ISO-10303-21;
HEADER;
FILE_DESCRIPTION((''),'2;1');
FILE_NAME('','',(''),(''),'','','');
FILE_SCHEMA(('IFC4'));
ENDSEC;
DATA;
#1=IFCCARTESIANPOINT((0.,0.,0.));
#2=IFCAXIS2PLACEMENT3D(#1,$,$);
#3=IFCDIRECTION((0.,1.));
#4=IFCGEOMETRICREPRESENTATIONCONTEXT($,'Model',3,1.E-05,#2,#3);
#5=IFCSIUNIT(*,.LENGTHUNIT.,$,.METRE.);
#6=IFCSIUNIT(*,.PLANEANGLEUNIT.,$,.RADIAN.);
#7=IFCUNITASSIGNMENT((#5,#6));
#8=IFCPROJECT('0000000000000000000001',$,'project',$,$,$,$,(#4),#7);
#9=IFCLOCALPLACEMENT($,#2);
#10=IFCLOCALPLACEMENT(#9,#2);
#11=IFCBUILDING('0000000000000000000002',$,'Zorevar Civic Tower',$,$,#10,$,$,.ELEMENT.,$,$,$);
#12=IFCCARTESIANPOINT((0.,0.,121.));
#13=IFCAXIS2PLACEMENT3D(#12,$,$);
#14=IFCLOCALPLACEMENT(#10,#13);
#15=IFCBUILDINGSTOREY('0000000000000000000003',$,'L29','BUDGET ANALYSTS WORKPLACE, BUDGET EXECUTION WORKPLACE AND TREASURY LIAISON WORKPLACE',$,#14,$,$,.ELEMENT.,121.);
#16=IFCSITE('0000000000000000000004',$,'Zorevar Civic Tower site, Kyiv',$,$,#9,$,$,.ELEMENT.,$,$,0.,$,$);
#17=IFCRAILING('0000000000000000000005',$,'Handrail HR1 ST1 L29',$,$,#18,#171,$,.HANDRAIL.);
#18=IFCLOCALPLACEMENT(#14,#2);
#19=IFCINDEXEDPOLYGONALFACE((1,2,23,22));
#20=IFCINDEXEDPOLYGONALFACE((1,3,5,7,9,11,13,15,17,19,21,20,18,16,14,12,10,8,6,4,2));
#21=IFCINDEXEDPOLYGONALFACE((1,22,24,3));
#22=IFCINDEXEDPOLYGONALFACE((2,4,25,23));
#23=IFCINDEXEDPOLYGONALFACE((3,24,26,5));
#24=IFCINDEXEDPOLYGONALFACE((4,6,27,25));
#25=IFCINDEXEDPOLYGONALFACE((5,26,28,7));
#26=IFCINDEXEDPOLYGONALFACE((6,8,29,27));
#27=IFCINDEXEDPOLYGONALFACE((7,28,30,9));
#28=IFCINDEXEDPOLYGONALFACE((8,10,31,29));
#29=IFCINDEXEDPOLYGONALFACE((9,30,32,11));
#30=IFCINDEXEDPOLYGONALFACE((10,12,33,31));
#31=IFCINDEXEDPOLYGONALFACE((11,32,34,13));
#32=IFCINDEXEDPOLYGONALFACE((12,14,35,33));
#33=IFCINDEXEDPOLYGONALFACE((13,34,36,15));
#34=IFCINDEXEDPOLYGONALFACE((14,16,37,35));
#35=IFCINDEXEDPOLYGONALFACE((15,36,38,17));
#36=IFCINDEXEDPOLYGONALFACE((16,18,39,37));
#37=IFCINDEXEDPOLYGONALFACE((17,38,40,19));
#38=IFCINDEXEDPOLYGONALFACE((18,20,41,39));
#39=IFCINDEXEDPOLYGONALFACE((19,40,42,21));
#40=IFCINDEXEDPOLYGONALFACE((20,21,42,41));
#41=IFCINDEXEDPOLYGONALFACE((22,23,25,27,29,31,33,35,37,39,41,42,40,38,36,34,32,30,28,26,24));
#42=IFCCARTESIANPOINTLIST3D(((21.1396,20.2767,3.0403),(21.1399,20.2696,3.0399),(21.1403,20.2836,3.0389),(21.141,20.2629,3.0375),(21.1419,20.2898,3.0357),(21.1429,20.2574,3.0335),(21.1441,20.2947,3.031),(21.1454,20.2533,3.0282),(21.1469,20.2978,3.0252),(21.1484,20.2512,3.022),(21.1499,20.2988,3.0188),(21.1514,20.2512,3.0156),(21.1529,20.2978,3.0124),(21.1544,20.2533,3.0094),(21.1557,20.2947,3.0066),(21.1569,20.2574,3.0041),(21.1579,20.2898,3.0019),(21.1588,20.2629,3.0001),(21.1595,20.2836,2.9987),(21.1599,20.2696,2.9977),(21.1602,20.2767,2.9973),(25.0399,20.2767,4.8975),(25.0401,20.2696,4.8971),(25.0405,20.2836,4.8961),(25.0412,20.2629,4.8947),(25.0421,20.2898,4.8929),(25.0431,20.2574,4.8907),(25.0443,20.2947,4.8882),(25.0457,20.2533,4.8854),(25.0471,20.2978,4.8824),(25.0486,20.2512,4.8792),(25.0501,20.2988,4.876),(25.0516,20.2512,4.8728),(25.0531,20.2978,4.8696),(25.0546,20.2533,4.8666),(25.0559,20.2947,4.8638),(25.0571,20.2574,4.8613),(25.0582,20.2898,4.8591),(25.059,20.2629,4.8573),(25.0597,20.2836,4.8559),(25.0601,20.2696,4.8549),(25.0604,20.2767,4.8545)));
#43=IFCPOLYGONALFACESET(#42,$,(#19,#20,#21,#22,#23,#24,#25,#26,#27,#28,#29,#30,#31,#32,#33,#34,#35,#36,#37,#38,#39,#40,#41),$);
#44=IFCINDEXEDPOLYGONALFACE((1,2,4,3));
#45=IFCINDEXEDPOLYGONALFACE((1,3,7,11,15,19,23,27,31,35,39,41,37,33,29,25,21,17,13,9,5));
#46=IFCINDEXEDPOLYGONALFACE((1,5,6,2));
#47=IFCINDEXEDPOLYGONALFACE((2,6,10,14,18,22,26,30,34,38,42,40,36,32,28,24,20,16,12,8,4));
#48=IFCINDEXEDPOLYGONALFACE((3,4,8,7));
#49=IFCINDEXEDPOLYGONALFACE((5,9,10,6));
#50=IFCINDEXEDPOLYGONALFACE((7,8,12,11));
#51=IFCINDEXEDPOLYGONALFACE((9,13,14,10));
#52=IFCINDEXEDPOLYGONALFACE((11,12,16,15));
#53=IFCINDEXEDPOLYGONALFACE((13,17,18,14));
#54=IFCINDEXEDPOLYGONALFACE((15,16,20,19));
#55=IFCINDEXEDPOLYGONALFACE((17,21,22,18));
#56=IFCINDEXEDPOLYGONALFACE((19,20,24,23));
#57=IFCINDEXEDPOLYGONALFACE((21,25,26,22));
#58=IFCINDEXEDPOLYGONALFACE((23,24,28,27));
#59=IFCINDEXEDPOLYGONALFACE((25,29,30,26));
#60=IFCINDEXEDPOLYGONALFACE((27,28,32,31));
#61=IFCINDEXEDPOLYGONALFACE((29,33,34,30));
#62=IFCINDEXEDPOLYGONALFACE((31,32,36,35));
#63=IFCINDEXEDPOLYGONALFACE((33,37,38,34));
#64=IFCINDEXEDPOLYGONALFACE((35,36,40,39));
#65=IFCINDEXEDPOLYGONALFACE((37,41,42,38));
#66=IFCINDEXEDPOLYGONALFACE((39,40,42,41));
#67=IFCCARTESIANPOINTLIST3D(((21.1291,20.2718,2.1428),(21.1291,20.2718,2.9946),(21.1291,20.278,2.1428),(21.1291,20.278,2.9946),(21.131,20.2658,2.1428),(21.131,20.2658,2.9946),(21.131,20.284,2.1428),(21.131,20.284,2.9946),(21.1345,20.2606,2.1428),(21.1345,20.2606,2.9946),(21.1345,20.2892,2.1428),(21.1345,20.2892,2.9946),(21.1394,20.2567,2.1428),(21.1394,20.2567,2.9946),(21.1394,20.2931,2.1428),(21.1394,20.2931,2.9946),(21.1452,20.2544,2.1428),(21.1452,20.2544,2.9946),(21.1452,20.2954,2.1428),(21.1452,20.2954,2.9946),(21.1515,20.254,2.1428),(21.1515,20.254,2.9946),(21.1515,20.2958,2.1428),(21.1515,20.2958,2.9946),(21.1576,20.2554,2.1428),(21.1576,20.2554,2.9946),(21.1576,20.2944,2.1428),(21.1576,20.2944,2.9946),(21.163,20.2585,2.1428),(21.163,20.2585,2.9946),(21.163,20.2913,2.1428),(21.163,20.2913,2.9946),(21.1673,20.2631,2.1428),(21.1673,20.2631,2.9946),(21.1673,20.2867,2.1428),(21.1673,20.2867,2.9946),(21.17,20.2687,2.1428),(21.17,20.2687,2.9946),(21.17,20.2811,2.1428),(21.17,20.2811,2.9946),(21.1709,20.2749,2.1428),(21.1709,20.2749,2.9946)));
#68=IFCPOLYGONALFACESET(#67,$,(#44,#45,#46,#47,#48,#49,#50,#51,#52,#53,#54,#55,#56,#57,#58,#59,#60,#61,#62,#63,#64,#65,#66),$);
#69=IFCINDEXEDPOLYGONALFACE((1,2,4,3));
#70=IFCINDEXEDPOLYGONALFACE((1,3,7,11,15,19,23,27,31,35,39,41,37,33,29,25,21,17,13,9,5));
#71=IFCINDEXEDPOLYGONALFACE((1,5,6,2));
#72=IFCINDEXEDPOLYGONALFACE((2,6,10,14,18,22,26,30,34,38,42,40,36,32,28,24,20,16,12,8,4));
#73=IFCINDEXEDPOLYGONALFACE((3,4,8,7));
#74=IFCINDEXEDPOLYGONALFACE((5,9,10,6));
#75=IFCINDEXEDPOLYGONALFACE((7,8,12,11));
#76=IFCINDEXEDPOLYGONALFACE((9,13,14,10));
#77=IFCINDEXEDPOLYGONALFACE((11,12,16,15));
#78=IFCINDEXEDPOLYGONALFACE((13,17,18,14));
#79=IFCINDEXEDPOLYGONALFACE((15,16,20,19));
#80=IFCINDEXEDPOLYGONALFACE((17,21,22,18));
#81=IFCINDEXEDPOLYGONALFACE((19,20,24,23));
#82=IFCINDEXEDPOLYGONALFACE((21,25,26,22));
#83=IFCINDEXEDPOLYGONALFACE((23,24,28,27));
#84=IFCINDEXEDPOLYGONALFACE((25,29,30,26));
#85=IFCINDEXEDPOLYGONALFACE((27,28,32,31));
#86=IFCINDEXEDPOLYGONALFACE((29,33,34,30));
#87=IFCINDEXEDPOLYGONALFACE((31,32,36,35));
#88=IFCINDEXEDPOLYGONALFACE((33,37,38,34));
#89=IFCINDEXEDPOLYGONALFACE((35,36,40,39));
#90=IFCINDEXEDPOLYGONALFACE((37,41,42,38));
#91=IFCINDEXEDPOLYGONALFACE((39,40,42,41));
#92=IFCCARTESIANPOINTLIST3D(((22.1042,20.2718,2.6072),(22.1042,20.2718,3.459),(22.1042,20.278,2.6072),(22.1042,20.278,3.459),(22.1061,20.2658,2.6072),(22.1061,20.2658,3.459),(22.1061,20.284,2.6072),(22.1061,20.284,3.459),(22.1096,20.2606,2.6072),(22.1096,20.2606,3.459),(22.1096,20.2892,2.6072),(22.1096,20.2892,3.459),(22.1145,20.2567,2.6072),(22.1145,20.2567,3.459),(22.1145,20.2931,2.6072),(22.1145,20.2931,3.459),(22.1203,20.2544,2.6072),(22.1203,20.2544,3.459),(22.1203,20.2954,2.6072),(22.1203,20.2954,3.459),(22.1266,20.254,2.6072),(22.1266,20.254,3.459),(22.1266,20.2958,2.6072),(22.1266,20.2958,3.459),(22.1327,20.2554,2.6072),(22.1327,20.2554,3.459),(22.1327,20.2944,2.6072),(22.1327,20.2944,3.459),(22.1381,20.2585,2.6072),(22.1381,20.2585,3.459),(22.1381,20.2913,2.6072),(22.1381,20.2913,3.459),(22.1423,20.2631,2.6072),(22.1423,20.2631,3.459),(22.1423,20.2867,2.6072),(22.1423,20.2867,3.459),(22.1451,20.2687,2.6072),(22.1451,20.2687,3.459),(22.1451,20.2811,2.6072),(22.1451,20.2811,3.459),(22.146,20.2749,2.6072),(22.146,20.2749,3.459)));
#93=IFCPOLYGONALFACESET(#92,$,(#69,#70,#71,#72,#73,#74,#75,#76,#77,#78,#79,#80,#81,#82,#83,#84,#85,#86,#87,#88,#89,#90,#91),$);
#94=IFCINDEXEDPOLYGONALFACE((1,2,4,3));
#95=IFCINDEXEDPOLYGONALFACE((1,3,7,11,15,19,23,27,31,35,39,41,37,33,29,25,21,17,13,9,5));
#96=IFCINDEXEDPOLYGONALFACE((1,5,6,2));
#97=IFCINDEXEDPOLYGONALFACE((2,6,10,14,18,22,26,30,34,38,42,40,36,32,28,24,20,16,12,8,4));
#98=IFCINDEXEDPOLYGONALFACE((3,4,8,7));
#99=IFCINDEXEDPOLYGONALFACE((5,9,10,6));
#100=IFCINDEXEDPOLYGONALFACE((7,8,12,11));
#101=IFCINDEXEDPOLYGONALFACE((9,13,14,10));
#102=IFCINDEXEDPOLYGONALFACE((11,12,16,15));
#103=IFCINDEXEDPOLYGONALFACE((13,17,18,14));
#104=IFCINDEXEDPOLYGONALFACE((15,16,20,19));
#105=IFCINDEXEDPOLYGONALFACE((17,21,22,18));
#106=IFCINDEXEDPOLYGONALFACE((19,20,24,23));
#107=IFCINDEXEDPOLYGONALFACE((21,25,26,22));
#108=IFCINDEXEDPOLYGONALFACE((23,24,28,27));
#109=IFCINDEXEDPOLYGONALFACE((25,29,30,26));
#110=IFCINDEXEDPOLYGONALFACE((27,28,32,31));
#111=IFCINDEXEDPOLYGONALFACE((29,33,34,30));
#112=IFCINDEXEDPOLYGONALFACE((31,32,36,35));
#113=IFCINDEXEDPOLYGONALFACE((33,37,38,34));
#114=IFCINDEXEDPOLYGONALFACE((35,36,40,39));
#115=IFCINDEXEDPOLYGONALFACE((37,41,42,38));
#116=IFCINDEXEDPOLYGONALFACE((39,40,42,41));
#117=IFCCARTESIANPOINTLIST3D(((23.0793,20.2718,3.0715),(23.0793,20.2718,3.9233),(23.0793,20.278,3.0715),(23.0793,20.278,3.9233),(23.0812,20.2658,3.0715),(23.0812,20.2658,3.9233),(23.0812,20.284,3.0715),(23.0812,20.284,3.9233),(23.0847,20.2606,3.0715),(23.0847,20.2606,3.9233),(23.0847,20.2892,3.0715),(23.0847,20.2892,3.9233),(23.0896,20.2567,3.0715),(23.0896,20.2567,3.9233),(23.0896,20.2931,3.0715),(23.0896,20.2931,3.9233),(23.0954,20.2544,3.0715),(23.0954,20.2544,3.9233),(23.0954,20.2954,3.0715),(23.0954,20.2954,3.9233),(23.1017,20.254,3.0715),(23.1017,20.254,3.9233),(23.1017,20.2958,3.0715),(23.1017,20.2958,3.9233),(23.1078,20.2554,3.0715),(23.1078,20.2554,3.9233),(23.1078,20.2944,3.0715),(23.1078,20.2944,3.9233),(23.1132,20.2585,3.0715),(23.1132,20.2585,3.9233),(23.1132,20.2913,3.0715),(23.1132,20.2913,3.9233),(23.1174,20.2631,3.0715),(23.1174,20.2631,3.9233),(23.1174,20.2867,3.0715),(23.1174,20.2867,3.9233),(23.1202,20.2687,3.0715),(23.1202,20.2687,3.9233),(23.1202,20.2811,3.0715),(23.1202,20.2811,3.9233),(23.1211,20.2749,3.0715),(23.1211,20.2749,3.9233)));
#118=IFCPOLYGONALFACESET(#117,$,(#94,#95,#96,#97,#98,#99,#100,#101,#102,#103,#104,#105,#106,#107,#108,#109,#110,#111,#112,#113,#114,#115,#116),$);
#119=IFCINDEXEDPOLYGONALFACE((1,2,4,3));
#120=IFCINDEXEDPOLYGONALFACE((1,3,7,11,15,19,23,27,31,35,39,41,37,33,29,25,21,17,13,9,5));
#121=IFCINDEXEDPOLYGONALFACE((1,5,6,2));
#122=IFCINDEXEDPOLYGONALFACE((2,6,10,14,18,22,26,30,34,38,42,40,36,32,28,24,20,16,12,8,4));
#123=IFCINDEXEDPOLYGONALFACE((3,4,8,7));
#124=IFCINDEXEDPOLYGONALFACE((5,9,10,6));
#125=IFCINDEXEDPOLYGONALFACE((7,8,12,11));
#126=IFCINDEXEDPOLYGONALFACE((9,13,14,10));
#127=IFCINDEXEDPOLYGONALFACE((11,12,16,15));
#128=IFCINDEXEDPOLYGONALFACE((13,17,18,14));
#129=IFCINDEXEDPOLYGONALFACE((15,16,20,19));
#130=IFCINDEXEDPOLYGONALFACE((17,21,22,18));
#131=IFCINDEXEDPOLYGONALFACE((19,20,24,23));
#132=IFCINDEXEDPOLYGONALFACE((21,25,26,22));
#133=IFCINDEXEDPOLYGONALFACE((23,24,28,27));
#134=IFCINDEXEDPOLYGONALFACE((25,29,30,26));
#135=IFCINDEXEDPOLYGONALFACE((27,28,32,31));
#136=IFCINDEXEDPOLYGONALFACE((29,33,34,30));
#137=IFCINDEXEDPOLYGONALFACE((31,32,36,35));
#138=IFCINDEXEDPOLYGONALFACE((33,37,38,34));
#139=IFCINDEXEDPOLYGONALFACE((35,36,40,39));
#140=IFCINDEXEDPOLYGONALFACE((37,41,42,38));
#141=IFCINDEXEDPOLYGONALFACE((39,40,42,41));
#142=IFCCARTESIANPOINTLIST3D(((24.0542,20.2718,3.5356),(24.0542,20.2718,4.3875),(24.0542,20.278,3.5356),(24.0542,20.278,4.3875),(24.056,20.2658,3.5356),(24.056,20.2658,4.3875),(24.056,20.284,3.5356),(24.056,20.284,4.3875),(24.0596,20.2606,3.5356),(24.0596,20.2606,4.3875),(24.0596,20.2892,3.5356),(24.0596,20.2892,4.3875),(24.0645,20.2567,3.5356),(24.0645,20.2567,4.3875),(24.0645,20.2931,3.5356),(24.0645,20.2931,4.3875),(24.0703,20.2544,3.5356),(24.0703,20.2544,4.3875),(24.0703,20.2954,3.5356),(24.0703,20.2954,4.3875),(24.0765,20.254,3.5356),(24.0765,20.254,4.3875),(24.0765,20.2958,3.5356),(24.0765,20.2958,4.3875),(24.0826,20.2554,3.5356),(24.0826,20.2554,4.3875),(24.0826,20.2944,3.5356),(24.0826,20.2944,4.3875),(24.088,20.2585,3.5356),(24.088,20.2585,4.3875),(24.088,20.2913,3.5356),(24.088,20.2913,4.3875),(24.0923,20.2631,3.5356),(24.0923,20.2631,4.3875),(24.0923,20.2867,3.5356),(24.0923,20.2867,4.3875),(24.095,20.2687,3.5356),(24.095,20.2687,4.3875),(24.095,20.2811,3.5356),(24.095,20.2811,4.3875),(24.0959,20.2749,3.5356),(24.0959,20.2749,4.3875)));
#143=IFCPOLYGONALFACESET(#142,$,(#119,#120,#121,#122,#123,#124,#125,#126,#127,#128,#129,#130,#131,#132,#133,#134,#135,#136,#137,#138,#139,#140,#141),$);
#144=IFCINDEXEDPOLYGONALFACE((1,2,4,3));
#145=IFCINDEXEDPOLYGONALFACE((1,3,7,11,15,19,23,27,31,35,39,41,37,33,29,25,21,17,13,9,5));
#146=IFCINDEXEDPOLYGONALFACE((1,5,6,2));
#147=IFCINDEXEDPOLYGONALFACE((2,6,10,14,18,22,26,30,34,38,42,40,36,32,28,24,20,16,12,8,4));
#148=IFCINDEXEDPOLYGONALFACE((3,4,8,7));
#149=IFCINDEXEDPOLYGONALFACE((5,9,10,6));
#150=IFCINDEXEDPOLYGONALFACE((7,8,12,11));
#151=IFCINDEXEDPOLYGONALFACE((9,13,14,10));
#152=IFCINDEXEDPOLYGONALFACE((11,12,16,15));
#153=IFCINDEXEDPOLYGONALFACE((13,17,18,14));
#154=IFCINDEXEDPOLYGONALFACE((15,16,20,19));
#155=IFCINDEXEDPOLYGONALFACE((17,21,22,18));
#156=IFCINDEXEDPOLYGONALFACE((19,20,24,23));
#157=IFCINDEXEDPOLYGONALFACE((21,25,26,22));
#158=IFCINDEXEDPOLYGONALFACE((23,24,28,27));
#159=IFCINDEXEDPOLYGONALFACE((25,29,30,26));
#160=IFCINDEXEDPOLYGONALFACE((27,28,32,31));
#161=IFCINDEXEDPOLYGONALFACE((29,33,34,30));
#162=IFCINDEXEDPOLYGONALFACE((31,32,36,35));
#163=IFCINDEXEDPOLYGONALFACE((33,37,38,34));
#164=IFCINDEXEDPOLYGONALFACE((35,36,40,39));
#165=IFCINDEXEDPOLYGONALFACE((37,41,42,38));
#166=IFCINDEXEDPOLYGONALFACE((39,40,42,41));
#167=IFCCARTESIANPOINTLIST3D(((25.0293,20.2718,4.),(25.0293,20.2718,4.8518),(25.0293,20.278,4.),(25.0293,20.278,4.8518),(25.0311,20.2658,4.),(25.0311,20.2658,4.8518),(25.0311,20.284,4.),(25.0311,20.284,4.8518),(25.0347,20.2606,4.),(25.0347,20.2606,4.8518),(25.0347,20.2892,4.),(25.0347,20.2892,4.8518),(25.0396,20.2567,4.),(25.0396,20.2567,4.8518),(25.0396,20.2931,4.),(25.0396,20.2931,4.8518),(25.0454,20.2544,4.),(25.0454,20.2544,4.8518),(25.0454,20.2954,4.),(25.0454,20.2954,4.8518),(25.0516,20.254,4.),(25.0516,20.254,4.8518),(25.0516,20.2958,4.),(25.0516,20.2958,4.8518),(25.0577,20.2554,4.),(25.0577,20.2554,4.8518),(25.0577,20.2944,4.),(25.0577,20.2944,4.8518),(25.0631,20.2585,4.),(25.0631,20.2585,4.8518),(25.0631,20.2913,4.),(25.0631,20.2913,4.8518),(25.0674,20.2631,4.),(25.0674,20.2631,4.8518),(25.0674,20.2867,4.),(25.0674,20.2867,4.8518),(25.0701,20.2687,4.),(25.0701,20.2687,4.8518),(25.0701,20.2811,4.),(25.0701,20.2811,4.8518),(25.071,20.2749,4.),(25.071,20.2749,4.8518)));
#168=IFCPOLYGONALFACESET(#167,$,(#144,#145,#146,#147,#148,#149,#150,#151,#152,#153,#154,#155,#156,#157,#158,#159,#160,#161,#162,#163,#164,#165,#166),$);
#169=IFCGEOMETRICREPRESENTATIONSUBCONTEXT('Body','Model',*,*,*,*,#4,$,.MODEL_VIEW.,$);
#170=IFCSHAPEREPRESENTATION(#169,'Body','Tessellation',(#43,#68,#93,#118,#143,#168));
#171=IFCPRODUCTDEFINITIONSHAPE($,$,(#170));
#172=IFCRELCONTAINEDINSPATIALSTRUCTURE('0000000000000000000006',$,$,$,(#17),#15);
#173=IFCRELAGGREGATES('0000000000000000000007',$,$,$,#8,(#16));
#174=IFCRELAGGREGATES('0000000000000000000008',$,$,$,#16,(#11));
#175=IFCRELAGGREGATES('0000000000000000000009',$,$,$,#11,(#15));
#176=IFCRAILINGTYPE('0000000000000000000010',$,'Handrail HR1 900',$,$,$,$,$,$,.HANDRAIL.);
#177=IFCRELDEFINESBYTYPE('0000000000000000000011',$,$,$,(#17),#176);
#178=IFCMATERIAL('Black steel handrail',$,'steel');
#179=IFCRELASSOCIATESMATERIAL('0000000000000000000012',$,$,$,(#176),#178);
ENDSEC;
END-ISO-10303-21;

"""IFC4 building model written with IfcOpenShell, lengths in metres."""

from ifc_helpers import new_model, si_unit, direction, frame, origin, origin_2d, place, context, subcontext, project, spatial, circle, extrude, material, type_object, element, save


model = new_model("IFC4")

# Units and contexts
model_context = context("Model", 3, precision=1e-05, world=origin(), true_north=direction((0.0, 1.0)))
body_context = subcontext(model_context, "Body", "Model", "MODEL_VIEW")
ifc_project = project(units=[si_unit("LENGTHUNIT", "METRE"), si_unit("PLANEANGLEUNIT", "RADIAN")], contexts=[model_context])

# Site, building, storey
site_placement = place(None, origin())
site = spatial("IfcSite", under=ifc_project, at=site_placement, Name="Zorevar Civic Tower site, Kyiv", CompositionType="ELEMENT", RefElevation=0.0)
building_placement = place(site_placement, origin())
building = spatial("IfcBuilding", under=site, at=building_placement, Name="Zorevar Civic Tower", CompositionType="ELEMENT")
storey_placement = place(building_placement, frame((0.0, 0.0, 121.0)))
storey = spatial("IfcBuildingStorey", under=building, at=storey_placement, Name="L29", Description="BUDGET ANALYSTS WORKPLACE, BUDGET EXECUTION WORKPLACE AND TREASURY LIAISON WORKPLACE", CompositionType="ELEMENT", Elevation=121.0)

# Railing
ifc_material_1 = material(Name="Black steel handrail", Category="steel")
railing_type = type_object("IfcRailingType", Name="Handrail HR1 900", PredefinedType="HANDRAIL", material=ifc_material_1)
railing_1_placement = place(storey_placement, frame((21.1499, 20.2749, 2.1428)))
element("IfcRailing", 1, at=railing_1_placement, inside=storey, type_object=railing_type, Name="Handrail HR1 ST1 L29", PredefinedType="HANDRAIL", context=body_context, shape_type="SweptSolid", body=[
    extrude(circle(Radius=0.0239, at=origin_2d()), frame((0.0, 0.0, 0.876), z_axis=(0.902864, 0.0, 0.429927), x_axis=(0.0, 1.0, 0.0)), (0.0, 0.0, 1.0), 4.3198),
    extrude(circle(Radius=0.021, at=origin_2d()), origin(), (0.0, 0.0, 1.0), 0.8518),
    extrude(circle(Radius=0.021, at=origin_2d()), frame((0.9751, 0.0, 0.4644)), (0.0, 0.0, 1.0), 0.8518),
    extrude(circle(Radius=0.021, at=origin_2d()), frame((1.9502, 0.0, 0.9287)), (0.0, 0.0, 1.0), 0.8518),
    extrude(circle(Radius=0.021, at=origin_2d()), frame((2.925, 0.0, 1.3928)), (0.0, 0.0, 1.0), 0.8518),
    extrude(circle(Radius=0.021, at=origin_2d()), frame((3.9001, 0.0, 1.8572)), (0.0, 0.0, 1.0), 0.8518),
])

save(model, "model.ifc")
